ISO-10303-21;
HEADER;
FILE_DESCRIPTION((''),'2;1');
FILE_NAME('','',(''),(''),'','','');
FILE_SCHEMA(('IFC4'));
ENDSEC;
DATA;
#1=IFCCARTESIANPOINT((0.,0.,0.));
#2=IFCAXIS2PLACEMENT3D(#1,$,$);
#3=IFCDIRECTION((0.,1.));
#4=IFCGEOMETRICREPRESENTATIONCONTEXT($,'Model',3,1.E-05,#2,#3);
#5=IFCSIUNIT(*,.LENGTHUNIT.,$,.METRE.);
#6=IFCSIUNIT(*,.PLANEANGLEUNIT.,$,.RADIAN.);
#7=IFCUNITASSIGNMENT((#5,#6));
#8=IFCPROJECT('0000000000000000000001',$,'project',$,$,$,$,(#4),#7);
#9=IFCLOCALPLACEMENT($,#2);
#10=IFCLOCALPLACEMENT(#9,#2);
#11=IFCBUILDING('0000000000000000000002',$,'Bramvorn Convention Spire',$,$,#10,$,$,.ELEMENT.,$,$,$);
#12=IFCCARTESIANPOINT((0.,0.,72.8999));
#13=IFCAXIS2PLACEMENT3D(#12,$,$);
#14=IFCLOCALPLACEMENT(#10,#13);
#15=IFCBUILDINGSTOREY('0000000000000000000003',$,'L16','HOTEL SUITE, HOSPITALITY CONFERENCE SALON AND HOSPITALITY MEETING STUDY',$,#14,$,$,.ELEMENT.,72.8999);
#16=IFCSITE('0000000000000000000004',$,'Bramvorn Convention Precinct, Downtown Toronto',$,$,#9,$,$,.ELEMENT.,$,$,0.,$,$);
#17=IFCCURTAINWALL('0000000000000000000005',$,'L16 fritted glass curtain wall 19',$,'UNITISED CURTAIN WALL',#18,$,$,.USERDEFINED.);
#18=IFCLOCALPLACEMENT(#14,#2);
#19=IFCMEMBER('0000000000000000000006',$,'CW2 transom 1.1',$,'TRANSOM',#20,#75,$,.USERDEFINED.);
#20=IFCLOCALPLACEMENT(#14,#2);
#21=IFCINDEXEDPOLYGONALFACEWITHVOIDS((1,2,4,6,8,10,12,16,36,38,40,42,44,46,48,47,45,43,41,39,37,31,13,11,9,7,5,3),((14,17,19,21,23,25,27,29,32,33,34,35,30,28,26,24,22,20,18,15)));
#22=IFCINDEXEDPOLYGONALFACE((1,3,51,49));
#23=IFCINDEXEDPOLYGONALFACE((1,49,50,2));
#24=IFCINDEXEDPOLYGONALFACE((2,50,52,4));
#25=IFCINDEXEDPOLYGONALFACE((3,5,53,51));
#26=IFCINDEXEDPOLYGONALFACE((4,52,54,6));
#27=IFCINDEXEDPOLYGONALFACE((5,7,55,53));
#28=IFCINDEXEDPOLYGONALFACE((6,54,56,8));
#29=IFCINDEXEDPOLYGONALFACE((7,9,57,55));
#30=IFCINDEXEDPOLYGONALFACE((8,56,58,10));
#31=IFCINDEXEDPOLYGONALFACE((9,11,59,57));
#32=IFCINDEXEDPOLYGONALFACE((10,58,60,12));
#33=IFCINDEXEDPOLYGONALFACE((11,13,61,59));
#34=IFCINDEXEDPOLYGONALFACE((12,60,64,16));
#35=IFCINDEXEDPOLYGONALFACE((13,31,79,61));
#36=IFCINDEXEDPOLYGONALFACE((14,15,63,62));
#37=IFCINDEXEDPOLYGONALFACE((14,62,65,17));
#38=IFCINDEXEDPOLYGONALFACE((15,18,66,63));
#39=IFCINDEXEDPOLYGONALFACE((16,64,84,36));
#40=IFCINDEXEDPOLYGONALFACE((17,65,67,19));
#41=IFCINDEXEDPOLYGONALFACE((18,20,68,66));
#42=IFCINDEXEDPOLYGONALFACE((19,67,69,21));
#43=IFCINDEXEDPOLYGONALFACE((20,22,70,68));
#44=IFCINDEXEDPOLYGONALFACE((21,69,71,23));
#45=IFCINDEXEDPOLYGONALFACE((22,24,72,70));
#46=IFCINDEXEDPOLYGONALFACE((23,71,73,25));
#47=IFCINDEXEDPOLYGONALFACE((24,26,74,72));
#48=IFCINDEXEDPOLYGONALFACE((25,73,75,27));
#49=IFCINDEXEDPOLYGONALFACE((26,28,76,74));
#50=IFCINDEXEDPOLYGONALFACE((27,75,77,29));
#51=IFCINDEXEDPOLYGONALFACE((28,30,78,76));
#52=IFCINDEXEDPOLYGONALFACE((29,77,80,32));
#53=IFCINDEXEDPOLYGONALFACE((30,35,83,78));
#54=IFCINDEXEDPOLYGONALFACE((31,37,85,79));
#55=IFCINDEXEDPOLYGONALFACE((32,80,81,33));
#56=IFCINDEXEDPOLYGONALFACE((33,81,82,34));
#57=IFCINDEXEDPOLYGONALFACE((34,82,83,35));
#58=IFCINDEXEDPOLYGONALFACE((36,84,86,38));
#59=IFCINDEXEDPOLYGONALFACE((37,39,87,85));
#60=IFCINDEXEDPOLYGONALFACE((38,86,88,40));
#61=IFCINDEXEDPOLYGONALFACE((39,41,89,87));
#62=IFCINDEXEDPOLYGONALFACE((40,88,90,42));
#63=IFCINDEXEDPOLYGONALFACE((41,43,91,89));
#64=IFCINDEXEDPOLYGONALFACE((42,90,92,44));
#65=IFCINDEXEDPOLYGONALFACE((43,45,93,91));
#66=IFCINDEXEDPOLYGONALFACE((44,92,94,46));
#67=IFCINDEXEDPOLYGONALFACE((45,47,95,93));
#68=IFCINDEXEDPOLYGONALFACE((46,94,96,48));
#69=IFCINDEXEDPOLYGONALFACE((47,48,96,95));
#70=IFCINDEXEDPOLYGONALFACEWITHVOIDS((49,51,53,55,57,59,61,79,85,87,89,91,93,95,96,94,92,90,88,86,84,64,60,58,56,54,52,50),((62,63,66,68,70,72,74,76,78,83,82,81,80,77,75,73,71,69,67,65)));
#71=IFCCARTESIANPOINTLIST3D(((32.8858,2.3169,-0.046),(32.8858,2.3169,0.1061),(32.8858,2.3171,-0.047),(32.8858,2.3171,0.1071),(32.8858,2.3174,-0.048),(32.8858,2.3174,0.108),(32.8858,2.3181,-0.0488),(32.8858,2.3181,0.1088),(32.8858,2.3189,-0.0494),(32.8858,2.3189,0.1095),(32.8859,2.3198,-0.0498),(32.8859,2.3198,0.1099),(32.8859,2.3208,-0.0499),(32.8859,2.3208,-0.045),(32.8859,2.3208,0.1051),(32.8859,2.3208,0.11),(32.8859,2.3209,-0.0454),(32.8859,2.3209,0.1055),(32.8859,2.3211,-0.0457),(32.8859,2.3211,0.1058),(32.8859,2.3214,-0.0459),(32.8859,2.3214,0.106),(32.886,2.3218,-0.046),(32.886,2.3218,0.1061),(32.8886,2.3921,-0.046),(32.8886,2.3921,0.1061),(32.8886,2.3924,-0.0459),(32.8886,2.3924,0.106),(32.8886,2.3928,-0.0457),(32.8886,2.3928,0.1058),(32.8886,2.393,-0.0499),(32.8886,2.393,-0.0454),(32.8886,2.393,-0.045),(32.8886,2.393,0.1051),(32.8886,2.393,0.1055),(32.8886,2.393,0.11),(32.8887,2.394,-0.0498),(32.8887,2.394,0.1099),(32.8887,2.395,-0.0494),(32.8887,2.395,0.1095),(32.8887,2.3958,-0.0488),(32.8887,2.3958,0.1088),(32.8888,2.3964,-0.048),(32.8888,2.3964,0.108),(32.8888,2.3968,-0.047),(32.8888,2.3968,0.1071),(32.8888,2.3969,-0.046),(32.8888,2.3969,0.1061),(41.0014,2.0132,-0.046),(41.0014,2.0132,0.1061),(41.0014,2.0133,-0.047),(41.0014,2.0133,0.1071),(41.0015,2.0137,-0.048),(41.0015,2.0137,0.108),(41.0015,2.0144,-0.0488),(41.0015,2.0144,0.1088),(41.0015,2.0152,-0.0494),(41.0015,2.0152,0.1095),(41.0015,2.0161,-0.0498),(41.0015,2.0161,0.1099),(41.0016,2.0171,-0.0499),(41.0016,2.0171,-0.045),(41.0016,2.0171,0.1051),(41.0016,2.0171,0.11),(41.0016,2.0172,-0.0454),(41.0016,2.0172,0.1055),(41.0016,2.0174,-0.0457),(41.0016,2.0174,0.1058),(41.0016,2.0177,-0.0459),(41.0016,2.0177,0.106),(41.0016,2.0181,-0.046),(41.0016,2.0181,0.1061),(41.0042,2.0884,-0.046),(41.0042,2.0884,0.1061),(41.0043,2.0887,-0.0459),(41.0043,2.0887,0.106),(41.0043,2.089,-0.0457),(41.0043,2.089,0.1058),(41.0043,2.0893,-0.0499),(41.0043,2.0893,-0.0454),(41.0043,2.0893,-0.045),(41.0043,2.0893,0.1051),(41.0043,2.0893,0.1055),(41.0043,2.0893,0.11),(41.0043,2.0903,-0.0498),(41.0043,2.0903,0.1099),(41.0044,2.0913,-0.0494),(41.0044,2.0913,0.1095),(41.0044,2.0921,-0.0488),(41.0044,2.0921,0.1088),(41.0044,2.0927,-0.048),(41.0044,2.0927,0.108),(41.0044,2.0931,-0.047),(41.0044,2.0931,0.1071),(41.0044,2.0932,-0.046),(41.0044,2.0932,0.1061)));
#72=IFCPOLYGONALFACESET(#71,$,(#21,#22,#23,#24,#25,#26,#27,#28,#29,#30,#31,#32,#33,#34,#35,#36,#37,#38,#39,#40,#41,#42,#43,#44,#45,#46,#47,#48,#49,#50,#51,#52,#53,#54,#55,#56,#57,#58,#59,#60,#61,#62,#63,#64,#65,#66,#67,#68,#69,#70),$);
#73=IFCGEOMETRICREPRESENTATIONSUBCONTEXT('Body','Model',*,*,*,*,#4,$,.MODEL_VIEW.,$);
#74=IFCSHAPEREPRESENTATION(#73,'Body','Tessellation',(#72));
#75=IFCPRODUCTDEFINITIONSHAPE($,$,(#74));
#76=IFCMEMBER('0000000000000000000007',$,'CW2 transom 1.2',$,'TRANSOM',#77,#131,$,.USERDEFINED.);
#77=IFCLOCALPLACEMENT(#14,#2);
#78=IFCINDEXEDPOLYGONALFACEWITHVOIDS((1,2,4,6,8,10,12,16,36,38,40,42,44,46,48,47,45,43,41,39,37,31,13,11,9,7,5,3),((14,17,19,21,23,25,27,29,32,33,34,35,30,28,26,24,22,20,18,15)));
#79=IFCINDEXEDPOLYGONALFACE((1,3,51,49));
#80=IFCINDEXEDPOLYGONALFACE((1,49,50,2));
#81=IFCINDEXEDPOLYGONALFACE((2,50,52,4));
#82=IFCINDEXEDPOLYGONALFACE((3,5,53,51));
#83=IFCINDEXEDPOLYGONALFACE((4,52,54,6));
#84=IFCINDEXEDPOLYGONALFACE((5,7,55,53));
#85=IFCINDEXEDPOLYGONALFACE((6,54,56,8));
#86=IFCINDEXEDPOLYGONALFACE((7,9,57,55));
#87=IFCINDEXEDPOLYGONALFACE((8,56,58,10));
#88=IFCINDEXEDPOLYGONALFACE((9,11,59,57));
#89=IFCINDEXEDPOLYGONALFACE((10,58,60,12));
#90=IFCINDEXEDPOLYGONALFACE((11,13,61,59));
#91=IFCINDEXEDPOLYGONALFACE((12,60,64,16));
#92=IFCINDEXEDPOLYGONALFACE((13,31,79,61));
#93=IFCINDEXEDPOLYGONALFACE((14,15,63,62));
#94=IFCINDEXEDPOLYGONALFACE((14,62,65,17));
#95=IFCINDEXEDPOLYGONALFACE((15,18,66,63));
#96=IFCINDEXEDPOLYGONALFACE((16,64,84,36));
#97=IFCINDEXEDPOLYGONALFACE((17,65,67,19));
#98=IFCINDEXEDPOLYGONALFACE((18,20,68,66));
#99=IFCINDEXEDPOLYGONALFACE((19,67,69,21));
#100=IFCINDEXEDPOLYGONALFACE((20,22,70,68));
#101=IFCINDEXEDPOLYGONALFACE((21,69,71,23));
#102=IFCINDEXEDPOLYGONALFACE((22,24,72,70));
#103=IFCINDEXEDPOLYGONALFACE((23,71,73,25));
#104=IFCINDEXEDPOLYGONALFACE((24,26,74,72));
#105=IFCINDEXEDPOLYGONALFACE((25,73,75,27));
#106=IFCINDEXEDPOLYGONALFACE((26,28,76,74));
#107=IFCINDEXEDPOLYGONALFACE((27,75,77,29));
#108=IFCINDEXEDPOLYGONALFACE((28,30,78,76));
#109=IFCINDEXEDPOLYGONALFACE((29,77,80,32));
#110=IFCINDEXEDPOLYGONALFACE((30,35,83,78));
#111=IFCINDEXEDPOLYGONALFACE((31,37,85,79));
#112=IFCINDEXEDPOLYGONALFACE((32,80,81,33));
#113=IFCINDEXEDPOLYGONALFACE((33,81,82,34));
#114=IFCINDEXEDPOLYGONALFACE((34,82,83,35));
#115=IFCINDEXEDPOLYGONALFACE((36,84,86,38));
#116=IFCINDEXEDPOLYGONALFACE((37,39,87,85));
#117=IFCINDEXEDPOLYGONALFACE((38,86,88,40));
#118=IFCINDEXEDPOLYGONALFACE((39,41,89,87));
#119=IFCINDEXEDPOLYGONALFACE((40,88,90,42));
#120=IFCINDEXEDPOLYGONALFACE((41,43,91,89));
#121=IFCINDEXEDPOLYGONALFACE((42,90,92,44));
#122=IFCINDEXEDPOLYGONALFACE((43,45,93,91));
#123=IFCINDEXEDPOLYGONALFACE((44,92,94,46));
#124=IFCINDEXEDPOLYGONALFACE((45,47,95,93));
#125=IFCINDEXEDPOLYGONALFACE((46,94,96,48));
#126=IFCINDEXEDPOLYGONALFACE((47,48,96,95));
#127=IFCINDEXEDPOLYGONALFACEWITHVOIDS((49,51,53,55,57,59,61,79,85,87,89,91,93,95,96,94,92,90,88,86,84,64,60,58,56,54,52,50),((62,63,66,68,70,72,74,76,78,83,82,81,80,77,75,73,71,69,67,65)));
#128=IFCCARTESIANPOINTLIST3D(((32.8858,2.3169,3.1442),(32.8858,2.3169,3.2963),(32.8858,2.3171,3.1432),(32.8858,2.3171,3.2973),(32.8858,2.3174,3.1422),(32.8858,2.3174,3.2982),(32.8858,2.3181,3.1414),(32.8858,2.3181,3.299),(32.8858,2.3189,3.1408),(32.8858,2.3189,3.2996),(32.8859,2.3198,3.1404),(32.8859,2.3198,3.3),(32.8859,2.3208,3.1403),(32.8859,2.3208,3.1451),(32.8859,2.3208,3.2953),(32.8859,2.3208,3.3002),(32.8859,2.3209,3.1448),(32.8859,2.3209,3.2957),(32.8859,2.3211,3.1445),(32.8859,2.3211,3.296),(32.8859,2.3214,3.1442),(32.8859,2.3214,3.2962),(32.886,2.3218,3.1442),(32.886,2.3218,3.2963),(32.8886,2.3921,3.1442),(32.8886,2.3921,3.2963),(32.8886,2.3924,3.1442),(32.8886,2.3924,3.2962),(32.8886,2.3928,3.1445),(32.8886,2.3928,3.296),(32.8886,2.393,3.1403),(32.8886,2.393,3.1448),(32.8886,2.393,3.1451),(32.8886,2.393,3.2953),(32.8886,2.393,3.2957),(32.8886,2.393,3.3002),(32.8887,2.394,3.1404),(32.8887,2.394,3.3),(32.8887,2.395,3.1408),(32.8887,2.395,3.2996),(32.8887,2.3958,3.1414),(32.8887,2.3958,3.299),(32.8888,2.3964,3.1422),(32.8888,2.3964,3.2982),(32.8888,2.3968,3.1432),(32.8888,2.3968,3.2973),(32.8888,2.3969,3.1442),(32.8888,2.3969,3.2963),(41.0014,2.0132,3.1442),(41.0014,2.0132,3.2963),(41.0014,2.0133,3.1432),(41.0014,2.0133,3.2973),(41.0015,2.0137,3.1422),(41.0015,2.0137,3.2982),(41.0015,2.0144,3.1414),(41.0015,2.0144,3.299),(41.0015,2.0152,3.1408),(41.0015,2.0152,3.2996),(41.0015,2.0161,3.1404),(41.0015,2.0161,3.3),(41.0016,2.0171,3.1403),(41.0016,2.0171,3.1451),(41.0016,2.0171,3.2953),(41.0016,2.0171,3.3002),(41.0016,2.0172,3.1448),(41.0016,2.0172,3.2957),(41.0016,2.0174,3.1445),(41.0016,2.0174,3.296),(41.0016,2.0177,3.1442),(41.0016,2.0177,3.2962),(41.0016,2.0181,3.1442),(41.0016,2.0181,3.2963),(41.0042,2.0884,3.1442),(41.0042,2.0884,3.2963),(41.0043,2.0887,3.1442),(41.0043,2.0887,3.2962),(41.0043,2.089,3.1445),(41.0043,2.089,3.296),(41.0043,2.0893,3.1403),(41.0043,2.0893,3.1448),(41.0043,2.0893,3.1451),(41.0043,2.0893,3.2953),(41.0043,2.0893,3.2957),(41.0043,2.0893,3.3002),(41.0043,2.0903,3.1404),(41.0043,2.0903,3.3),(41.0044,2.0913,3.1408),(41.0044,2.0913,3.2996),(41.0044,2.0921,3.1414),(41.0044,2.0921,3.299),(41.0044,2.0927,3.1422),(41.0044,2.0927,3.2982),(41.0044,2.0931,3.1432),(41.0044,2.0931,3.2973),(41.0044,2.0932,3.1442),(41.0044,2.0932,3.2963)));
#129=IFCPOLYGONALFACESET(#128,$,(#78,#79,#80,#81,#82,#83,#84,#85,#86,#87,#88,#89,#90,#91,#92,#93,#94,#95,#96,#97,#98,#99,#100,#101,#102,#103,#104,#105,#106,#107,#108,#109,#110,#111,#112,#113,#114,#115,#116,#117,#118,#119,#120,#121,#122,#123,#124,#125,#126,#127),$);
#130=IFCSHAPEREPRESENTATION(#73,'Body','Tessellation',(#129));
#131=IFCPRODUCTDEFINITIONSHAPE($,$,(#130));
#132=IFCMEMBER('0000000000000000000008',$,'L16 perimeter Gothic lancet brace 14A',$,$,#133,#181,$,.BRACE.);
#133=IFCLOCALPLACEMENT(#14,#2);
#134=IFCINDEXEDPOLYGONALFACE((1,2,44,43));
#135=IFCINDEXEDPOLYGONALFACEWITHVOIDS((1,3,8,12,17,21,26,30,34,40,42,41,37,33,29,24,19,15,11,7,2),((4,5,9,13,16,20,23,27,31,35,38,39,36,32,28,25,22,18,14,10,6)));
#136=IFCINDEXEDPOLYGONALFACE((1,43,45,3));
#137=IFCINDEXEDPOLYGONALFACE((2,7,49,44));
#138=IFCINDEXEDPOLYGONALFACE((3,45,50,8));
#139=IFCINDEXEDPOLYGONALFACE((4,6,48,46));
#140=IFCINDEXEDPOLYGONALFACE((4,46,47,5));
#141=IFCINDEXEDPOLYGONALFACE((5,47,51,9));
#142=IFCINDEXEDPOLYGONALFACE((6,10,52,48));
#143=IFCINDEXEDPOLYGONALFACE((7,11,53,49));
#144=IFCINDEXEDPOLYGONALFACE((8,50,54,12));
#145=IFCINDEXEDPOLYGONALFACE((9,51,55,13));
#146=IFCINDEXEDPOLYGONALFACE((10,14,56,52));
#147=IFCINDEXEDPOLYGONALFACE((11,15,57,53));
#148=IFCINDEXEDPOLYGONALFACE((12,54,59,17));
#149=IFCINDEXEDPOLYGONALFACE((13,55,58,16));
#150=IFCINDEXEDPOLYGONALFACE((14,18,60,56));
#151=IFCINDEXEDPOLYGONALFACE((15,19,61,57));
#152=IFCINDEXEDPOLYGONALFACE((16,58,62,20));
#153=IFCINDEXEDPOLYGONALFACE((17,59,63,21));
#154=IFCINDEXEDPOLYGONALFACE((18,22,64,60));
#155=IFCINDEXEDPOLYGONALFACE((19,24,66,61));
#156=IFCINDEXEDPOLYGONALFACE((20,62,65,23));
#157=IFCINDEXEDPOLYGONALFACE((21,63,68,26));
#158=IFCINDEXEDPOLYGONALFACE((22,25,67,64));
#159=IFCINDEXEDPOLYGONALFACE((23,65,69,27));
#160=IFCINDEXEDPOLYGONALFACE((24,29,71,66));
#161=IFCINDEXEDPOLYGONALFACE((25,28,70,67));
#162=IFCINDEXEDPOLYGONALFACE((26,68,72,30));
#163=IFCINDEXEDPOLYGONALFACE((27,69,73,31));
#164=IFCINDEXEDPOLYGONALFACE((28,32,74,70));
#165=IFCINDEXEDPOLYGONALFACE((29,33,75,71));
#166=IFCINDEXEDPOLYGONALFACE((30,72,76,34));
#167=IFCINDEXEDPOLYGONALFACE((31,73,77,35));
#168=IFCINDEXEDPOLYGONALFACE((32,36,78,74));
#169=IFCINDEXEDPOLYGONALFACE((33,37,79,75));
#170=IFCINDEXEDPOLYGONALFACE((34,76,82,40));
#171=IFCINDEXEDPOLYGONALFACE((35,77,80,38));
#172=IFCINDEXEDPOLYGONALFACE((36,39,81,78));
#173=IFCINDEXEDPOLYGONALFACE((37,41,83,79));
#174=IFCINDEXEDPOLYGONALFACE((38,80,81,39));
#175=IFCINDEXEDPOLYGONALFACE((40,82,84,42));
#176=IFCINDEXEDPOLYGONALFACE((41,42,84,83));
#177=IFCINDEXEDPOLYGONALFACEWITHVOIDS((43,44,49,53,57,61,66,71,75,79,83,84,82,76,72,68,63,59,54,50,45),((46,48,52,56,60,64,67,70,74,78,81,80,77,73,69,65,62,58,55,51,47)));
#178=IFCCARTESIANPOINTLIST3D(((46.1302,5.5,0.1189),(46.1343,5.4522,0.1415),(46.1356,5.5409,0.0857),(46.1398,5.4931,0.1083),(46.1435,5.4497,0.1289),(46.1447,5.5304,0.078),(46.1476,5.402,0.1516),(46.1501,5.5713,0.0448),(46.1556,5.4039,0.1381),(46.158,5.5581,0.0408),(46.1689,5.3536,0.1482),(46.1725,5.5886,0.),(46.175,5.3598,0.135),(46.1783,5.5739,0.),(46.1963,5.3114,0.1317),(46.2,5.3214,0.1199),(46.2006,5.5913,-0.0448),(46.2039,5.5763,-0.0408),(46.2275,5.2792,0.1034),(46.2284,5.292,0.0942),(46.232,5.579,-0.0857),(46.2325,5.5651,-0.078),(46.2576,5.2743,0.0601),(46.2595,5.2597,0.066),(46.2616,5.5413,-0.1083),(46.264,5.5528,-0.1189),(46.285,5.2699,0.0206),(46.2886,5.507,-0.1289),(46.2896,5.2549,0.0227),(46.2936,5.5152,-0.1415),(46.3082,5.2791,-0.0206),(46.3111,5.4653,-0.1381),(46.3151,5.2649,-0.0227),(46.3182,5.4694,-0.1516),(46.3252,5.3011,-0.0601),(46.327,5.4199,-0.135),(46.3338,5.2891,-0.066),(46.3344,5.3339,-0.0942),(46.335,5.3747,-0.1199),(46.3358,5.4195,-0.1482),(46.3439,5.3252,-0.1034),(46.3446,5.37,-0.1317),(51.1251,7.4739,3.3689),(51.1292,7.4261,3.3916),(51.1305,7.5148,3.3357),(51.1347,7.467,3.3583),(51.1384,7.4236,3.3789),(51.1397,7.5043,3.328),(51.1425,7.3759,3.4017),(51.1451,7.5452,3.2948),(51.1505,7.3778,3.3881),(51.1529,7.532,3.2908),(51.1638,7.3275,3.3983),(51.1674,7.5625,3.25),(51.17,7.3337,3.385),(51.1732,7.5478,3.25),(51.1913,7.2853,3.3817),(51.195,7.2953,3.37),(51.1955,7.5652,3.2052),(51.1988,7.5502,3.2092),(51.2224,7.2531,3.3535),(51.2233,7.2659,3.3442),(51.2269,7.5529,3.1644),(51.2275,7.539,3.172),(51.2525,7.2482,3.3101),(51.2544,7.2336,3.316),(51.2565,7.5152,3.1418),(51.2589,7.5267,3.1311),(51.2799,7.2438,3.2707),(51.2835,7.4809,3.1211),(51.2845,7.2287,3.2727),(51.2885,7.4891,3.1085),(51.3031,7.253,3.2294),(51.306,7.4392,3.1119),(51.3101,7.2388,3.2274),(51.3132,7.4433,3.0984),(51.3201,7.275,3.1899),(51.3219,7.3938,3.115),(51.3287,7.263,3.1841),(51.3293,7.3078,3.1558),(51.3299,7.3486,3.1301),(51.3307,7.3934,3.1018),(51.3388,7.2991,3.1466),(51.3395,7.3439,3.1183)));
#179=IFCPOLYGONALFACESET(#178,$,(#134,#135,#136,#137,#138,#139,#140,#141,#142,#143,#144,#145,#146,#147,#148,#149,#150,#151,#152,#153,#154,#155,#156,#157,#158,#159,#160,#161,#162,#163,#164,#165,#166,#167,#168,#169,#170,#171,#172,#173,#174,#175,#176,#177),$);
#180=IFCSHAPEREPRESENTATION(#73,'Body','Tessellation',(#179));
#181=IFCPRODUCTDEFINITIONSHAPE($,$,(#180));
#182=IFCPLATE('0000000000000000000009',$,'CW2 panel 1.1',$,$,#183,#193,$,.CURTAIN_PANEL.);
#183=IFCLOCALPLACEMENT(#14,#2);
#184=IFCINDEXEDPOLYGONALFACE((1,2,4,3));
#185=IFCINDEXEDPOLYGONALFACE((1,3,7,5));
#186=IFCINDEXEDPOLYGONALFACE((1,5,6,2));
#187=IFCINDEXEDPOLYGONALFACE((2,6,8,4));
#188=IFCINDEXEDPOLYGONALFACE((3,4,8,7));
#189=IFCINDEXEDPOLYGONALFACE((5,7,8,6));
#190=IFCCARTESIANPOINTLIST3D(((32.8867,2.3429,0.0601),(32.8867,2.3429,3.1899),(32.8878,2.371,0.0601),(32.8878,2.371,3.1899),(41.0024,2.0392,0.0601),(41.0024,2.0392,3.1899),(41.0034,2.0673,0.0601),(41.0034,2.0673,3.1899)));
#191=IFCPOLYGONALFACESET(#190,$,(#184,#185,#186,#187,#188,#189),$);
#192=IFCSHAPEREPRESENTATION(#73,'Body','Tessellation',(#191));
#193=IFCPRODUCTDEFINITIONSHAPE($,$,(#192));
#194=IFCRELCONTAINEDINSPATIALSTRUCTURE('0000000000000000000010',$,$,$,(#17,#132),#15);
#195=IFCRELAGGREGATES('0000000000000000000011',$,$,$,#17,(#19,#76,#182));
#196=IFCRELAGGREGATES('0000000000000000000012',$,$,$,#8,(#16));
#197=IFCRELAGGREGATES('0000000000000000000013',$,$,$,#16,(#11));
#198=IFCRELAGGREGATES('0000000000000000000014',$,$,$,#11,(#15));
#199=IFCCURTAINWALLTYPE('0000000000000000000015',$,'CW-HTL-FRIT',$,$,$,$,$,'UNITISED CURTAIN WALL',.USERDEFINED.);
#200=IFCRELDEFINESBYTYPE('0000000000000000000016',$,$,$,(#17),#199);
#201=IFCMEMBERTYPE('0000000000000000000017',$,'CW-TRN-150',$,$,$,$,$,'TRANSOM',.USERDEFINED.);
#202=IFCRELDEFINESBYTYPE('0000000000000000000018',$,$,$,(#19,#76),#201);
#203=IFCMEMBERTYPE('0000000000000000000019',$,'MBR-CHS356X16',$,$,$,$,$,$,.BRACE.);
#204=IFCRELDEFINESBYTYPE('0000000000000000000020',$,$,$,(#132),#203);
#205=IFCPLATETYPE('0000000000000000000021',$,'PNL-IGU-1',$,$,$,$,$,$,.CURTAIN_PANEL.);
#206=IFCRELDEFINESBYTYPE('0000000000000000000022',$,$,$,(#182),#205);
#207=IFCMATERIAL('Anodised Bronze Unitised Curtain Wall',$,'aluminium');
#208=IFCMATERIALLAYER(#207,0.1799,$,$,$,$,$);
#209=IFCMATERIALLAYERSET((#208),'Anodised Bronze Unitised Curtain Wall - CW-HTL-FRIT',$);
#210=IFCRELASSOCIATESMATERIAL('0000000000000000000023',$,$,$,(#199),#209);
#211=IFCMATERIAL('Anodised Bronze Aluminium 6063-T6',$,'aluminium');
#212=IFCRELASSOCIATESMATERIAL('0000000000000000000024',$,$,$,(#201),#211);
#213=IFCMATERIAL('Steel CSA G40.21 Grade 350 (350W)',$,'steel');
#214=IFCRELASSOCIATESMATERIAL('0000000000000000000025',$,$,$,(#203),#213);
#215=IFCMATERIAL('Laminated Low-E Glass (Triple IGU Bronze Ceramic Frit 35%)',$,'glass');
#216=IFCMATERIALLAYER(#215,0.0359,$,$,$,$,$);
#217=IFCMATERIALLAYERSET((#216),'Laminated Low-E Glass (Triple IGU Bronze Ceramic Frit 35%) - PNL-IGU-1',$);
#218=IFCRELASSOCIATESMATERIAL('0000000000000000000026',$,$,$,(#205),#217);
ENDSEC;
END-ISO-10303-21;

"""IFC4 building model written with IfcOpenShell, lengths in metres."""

from ifc_helpers import new_model, si_unit, direction, frame, origin, origin_2d, place, context, subcontext, project, spatial, rectangle, hollow_rectangle, hollow_circle, extrude, material, layer, layer_set, material_profile, profile_set, type_object, element, aggregate, save


model = new_model("IFC4")

# Units and contexts
model_context = context("Model", 3, precision=1e-05, world=origin(), true_north=direction((0.0, 1.0)))
body_context = subcontext(model_context, "Body", "Model", "MODEL_VIEW")
ifc_project = project(units=[si_unit("LENGTHUNIT", "METRE"), si_unit("PLANEANGLEUNIT", "RADIAN")], contexts=[model_context])

# Site, building, storey
site_placement = place(None, origin())
site = spatial("IfcSite", under=ifc_project, at=site_placement, Name="Bramvorn Convention Precinct, Downtown Toronto", CompositionType="ELEMENT", RefElevation=0.0)
building_placement = place(site_placement, origin())
building = spatial("IfcBuilding", under=site, at=building_placement, Name="Bramvorn Convention Spire", CompositionType="ELEMENT")
storey_placement = place(building_placement, frame((0.0, 0.0, 72.8999)))
storey = spatial("IfcBuildingStorey", under=building, at=storey_placement, Name="L16", Description="HOTEL SUITE, HOSPITALITY CONFERENCE SALON AND HOSPITALITY MEETING STUDY", CompositionType="ELEMENT", Elevation=72.8999)

# Shared definitions
ifc_material_1 = material(Name="Steel CSA G40.21 Grade 350 (350W)", Category="steel")

# Curtain wall, members
ifc_material_2 = material(Name="Anodised Bronze Unitised Curtain Wall", Category="aluminium")
ifc_layer_1 = layer(ifc_material_2, 0.1799)
ifc_layer_set_1 = layer_set([ifc_layer_1], Name="Anodised Bronze Unitised Curtain Wall - CW-HTL-FRIT")
curtain_wall_type = type_object("IfcCurtainWallType", Name="CW-HTL-FRIT", ElementType="UNITISED CURTAIN WALL", PredefinedType="USERDEFINED", material=ifc_layer_set_1)
curtain_wall_placement = place(storey_placement, origin())
curtain_wall = element("IfcCurtainWall", 1, at=curtain_wall_placement, inside=storey, type_object=curtain_wall_type, Name="L16 fritted glass curtain wall 19", ObjectType="UNITISED CURTAIN WALL", PredefinedType="USERDEFINED")
ifc_material_3 = material(Name="Anodised Bronze Aluminium 6063-T6", Category="aluminium")
ifc_material_profile_1 = material_profile(ifc_material_3, hollow_rectangle(XDim=0.0801, YDim=0.1599, WallThickness=0.0039, InnerFilletRadius=0.001, OuterFilletRadius=0.0039, at=origin_2d()))
ifc_profile_set_1 = profile_set([ifc_material_profile_1], Name="Anodised Bronze Aluminium 6063-T6 - CWT80X160")
member_type_1 = type_object("IfcMemberType", Name="CW-TRN-150", ElementType="TRANSOM", PredefinedType="USERDEFINED", material=ifc_profile_set_1)
member_1_placement = place(storey_placement, frame((41.0029, 2.0532, 0.03), z_axis=(-0.999301, 0.037396, 0.0), x_axis=(-0.037396, -0.999301, 0.0)))
member_1 = element("IfcMember", 2, at=member_1_placement, type_object=member_type_1, Name="CW2 transom 1.1", ObjectType="TRANSOM", PredefinedType="USERDEFINED", context=body_context, shape_type="SweptSolid", body=[
    extrude(hollow_rectangle(XDim=0.0801, YDim=0.1599, WallThickness=0.0039, InnerFilletRadius=0.001, OuterFilletRadius=0.0039, at=origin_2d()), origin(), (0.0, 0.0, 1.0), 8.1213),
])
member_2_placement = place(storey_placement, frame((41.0029, 2.0532, 3.2202), z_axis=(-0.999301, 0.037396, 0.0), x_axis=(-0.037396, -0.999301, 0.0)))
member_2 = element("IfcMember", 3, at=member_2_placement, type_object=member_type_1, Name="CW2 transom 1.2", ObjectType="TRANSOM", PredefinedType="USERDEFINED", context=body_context, shape_type="SweptSolid", body=[
    extrude(hollow_rectangle(XDim=0.0801, YDim=0.1599, WallThickness=0.0039, InnerFilletRadius=0.001, OuterFilletRadius=0.0039, at=origin_2d()), origin(), (0.0, 0.0, 1.0), 8.1213),
])

# Member
ifc_material_profile_2 = material_profile(ifc_material_1, hollow_circle(Radius=0.1777, WallThickness=0.0159, at=origin_2d()))
ifc_profile_set_2 = profile_set([ifc_material_profile_2], Name="Steel CSA G40.21 Grade 350 (350W) - CHS356X16")
member_type_2 = type_object("IfcMemberType", Name="MBR-CHS356X16", PredefinedType="BRACE", material=ifc_profile_set_2)
member_3_placement = place(storey_placement, frame((46.2378, 5.4233, 0.0), z_axis=(0.795674, 0.314435, 0.517719), x_axis=(-0.367524, 0.930014, 0.0)))
element("IfcMember", 4, at=member_3_placement, inside=storey, type_object=member_type_2, Name="L16 perimeter Gothic lancet brace 14A", PredefinedType="BRACE", context=body_context, shape_type="SweptSolid", body=[
    extrude(hollow_circle(Radius=0.1777, WallThickness=0.0159, at=origin_2d()), origin(), (0.0, 0.0, 1.0), 6.2776),
])

# Plate
ifc_material_4 = material(Name="Laminated Low-E Glass (Triple IGU Bronze Ceramic Frit 35%)", Category="glass")
ifc_layer_2 = layer(ifc_material_4, 0.0359)
ifc_layer_set_2 = layer_set([ifc_layer_2], Name="Laminated Low-E Glass (Triple IGU Bronze Ceramic Frit 35%) - PNL-IGU-1")
plate_type = type_object("IfcPlateType", Name="PNL-IGU-1", PredefinedType="CURTAIN_PANEL", material=ifc_layer_set_2)
plate_placement = place(storey_placement, frame((36.9451, 2.2051, 0.0601), z_axis=(0.0, 0.0, 1.0), x_axis=(-0.9993, 0.037397, 0.0)))
plate = element("IfcPlate", 5, at=plate_placement, type_object=plate_type, Name="CW2 panel 1.1", PredefinedType="CURTAIN_PANEL", context=body_context, shape_type="SweptSolid", body=[
    extrude(rectangle(XDim=8.1213, YDim=0.0281, at=origin_2d()), origin(), (0.0, 0.0, 1.0), 3.1299),
])
aggregate(curtain_wall, [member_1, member_2, plate])

save(model, "model.ifc")
